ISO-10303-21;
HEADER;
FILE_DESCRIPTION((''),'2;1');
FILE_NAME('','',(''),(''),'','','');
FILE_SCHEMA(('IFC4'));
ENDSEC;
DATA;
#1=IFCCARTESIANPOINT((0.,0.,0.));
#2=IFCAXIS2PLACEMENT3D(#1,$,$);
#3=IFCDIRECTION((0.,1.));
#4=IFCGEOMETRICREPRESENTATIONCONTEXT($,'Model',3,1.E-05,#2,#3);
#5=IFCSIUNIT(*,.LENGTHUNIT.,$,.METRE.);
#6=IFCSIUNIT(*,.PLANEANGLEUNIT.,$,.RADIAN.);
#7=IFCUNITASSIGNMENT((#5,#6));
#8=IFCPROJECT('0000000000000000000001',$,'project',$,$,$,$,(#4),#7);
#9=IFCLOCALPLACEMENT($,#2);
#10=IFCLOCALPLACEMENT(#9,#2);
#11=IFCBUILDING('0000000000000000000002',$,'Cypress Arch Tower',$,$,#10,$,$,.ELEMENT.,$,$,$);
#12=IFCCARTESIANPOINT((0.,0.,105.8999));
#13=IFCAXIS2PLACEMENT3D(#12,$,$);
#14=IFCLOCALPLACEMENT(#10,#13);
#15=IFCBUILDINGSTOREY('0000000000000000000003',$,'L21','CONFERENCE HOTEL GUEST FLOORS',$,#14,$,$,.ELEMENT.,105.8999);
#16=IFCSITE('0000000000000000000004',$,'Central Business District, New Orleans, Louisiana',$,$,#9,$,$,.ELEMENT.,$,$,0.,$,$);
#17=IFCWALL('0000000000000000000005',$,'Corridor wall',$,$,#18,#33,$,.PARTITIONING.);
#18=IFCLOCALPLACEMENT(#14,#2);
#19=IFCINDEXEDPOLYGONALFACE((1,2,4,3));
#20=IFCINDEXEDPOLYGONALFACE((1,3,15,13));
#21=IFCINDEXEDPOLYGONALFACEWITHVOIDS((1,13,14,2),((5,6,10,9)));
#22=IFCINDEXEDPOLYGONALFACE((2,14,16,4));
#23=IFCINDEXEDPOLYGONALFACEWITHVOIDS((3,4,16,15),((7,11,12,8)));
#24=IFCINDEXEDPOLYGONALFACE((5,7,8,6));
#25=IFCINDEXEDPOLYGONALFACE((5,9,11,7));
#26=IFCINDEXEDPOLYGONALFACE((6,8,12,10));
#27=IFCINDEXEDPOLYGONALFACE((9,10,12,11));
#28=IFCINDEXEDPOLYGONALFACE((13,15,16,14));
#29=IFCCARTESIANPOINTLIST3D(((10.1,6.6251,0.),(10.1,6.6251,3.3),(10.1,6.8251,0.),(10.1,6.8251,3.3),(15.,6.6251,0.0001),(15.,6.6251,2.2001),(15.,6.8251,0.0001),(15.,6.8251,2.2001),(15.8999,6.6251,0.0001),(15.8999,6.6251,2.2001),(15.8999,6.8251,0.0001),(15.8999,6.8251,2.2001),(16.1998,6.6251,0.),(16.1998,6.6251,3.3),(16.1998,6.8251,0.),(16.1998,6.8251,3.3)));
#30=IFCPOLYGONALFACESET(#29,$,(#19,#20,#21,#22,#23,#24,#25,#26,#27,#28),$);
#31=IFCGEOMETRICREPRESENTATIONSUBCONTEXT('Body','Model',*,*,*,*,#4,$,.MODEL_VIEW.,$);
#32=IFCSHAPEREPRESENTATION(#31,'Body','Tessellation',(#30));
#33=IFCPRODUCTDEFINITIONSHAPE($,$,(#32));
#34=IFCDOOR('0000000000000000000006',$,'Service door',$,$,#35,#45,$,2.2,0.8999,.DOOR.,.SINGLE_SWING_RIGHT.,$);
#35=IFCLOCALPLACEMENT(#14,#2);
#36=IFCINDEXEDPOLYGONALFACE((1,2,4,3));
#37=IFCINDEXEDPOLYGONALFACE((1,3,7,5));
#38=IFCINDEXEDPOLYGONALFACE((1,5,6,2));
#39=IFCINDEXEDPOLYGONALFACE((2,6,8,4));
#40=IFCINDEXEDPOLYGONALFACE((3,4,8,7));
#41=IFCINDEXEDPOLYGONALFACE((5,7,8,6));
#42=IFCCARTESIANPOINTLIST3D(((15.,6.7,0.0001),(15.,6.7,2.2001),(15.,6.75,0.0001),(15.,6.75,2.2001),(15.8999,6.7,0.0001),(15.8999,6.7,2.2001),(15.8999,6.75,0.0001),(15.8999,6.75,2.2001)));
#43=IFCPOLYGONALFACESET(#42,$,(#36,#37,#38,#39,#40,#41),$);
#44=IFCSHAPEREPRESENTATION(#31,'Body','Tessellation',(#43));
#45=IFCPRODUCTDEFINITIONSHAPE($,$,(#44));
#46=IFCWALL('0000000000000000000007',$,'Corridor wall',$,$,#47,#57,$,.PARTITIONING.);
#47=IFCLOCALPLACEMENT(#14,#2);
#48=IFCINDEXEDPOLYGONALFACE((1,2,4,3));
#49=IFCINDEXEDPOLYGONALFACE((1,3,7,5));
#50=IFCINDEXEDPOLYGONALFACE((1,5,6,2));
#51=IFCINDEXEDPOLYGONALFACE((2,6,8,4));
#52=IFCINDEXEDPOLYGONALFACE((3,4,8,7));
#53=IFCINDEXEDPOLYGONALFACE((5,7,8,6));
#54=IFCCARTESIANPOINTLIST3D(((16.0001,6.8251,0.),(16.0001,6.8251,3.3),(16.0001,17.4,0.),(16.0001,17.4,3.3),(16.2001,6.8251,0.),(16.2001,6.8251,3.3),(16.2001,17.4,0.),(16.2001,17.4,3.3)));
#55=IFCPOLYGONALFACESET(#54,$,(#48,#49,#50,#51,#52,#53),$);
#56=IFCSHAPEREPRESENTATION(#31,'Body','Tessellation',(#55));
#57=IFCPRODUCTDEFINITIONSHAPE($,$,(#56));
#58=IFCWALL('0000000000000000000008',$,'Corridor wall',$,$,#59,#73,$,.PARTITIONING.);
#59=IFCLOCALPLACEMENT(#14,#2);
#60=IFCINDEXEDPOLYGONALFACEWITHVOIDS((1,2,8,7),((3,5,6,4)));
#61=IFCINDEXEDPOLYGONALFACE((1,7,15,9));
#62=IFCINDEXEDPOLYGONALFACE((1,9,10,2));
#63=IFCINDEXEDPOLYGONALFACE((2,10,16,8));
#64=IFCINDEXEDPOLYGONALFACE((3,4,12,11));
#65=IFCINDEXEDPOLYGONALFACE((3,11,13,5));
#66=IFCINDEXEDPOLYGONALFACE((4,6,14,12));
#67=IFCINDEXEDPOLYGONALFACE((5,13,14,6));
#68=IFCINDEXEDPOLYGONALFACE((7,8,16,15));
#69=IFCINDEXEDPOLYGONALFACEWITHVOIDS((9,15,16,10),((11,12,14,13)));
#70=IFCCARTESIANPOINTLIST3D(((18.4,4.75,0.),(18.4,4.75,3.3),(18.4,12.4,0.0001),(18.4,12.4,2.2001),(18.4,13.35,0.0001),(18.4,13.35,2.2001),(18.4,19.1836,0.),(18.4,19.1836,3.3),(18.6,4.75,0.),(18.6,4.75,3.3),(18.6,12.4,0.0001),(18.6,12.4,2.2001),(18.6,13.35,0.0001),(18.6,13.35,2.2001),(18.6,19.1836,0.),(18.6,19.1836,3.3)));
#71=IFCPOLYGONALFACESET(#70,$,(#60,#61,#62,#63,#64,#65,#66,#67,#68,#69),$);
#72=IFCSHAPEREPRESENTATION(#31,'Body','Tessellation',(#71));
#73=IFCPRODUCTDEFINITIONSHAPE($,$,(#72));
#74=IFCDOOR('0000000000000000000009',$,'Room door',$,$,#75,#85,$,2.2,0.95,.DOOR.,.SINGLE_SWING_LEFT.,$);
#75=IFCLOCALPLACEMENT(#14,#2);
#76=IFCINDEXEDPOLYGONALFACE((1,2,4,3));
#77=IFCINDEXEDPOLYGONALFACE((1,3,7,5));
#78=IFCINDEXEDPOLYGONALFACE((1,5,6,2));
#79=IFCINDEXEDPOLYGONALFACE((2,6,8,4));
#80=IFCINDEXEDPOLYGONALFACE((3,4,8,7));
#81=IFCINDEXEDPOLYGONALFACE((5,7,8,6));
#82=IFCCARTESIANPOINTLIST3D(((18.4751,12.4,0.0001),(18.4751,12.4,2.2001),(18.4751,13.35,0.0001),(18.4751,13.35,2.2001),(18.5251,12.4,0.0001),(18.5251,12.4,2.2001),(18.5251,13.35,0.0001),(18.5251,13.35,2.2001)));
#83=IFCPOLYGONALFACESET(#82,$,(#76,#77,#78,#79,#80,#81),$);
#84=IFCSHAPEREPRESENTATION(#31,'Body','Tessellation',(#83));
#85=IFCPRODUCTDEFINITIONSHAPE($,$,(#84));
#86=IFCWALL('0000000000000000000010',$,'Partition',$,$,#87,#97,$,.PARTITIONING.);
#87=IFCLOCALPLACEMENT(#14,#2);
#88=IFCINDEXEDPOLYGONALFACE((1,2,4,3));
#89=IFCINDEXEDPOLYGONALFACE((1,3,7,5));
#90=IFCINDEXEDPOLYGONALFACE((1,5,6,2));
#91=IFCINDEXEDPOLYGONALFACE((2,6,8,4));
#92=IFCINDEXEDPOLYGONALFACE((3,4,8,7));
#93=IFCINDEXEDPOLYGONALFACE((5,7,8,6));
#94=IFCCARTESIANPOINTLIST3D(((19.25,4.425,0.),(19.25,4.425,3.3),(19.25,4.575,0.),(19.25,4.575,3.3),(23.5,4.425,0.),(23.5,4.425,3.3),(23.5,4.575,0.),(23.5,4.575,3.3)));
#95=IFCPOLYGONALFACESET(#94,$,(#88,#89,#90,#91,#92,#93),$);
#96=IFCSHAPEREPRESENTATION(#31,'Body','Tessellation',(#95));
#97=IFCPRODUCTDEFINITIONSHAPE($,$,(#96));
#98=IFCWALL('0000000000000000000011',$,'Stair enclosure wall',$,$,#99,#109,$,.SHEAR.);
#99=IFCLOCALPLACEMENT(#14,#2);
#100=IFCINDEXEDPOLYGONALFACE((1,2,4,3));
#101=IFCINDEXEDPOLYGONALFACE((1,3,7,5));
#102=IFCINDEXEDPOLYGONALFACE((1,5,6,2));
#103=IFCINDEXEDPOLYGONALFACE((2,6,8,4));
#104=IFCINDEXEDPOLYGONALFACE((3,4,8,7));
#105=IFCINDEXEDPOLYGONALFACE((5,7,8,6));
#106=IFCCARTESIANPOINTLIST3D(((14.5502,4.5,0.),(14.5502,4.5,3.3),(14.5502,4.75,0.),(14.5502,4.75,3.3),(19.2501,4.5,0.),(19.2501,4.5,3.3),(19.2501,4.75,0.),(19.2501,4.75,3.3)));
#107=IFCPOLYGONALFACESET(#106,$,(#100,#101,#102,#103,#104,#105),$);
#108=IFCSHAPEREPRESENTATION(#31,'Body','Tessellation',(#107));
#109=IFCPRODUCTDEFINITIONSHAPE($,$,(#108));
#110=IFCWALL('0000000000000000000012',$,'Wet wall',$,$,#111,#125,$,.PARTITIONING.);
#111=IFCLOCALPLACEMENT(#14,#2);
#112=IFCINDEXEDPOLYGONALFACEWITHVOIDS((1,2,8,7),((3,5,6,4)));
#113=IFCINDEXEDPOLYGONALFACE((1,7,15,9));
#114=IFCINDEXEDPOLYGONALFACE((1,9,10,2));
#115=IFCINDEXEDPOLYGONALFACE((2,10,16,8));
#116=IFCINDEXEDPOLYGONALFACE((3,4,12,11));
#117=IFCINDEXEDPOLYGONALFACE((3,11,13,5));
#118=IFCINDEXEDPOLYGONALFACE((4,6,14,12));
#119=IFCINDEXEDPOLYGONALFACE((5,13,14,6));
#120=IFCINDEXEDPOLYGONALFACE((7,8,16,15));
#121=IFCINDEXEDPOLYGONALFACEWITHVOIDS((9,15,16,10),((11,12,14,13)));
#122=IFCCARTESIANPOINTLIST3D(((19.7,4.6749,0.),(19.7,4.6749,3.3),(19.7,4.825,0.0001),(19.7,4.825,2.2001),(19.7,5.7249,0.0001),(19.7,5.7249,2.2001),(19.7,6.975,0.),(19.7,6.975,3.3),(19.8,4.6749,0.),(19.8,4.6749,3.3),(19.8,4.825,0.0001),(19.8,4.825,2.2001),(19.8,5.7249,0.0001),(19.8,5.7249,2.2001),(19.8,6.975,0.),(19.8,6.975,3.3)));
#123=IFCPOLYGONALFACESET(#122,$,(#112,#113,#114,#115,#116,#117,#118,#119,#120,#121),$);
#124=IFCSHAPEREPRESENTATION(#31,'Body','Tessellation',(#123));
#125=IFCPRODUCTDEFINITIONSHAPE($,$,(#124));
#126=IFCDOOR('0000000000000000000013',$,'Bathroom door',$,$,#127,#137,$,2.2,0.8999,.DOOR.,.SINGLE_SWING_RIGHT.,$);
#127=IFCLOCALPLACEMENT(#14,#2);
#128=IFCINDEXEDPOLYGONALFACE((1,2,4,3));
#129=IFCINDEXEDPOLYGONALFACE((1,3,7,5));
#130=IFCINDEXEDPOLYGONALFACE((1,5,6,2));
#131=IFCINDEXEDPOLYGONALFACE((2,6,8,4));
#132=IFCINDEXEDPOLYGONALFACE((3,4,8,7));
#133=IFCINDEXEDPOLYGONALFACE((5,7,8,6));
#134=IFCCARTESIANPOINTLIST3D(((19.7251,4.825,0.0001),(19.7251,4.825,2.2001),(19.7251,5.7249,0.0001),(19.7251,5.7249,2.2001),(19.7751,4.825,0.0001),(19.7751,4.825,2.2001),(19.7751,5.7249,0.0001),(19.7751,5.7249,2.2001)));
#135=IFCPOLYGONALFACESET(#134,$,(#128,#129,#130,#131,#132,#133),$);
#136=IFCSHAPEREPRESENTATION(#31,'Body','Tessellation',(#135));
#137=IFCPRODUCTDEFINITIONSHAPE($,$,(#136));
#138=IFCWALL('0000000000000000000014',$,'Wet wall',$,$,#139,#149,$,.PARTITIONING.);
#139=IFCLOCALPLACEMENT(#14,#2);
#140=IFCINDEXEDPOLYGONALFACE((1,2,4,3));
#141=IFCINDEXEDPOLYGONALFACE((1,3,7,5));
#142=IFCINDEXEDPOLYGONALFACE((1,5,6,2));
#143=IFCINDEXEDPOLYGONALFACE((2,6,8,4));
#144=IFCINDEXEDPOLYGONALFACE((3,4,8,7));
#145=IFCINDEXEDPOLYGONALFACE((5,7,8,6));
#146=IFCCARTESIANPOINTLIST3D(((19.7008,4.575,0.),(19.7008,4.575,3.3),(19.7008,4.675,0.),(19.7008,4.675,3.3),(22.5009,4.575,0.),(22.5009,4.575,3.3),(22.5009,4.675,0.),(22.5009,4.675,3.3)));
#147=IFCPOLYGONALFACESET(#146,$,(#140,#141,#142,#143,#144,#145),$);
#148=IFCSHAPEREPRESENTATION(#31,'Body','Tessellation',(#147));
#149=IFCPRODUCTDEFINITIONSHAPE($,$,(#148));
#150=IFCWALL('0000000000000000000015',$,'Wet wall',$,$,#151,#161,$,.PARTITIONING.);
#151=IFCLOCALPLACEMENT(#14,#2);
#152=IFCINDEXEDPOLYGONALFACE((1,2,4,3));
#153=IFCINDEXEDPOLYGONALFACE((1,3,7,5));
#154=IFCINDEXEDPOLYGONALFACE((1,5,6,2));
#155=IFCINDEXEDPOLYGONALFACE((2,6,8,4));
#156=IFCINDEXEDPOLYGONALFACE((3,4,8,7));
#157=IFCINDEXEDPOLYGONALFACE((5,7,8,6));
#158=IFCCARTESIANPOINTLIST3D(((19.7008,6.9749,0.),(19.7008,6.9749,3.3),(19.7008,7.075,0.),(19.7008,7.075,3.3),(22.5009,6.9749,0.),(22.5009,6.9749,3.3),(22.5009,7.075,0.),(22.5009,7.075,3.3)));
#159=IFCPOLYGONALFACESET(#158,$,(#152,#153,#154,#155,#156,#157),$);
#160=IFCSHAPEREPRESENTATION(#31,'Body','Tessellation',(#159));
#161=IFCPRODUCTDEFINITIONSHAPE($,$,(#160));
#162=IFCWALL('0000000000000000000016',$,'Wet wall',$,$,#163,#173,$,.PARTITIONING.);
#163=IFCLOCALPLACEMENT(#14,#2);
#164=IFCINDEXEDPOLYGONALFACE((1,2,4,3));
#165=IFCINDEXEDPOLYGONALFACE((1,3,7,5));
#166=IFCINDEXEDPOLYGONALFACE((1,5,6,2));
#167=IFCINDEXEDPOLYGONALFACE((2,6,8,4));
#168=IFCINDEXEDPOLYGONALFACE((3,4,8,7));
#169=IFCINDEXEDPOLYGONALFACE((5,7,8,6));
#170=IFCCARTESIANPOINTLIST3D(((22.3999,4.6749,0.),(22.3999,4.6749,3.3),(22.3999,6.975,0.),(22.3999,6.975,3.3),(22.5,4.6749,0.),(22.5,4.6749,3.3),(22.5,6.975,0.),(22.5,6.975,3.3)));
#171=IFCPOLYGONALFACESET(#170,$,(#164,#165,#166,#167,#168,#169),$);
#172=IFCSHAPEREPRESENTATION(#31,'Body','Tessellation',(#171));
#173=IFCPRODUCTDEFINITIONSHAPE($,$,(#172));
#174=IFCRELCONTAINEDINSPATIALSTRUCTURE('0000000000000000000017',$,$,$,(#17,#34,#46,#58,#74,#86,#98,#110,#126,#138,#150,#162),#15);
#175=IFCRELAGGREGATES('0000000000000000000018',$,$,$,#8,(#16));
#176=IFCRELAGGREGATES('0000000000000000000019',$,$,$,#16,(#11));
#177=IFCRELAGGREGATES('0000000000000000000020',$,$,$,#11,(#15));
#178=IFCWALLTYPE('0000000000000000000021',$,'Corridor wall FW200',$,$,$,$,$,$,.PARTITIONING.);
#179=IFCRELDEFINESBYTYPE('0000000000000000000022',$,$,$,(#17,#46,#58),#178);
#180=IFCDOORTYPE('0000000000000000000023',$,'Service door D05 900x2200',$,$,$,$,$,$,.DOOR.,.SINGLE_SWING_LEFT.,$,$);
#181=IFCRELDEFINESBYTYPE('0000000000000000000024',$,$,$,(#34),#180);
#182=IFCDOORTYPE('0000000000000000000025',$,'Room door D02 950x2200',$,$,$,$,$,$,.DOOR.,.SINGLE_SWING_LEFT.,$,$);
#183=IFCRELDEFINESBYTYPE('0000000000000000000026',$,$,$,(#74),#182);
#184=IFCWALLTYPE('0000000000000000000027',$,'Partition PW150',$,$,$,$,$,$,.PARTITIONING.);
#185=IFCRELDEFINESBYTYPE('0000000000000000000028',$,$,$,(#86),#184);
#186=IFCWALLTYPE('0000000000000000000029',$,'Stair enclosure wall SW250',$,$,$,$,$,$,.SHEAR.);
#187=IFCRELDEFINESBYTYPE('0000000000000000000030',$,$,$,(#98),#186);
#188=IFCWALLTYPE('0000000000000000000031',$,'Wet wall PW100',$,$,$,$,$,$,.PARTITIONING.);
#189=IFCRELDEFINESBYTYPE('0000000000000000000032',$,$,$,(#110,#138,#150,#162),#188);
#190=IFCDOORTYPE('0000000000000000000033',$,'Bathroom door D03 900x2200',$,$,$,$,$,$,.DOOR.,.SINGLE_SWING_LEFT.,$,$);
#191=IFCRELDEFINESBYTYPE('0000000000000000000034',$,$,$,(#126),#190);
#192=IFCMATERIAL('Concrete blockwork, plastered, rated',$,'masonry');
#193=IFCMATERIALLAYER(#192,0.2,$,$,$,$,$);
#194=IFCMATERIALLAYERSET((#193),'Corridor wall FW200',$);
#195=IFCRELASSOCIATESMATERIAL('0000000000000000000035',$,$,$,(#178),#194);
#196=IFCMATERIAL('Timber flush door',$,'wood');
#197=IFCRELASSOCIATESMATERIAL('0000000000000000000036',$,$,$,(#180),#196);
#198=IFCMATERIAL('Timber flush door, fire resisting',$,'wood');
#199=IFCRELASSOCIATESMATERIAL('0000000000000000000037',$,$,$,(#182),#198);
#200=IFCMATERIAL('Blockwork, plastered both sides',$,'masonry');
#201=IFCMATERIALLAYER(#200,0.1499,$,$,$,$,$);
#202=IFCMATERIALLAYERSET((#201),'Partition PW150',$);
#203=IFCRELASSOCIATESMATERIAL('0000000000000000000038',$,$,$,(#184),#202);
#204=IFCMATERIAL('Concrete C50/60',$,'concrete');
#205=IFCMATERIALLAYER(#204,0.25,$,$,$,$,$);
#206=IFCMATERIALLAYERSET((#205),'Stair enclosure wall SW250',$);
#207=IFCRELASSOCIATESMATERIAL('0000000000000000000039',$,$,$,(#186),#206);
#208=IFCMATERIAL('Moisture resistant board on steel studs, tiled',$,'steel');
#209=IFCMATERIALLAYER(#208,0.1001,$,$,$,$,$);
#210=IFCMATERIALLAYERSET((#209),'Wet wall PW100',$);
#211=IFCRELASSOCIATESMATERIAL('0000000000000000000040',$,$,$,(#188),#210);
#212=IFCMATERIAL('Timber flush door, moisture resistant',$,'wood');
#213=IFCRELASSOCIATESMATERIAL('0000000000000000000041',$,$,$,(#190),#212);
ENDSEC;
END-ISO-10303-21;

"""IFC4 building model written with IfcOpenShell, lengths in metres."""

from ifc_helpers import new_model, si_unit, direction, frame, frame_2d, origin, place, context, subcontext, project, spatial, rectangle, extrude, material, layer, layer_set, type_object, element, fill, save


model = new_model("IFC4")

# Units and contexts
model_context = context("Model", 3, precision=1e-05, world=origin(), true_north=direction((0.0, 1.0)))
body_context = subcontext(model_context, "Body", "Model", "MODEL_VIEW")
ifc_project = project(units=[si_unit("LENGTHUNIT", "METRE"), si_unit("PLANEANGLEUNIT", "RADIAN")], contexts=[model_context])

# Site, building, storey
site_placement = place(None, origin())
site = spatial("IfcSite", under=ifc_project, at=site_placement, Name="Central Business District, New Orleans, Louisiana", CompositionType="ELEMENT", RefElevation=0.0)
building_placement = place(site_placement, origin())
building = spatial("IfcBuilding", under=site, at=building_placement, Name="Cypress Arch Tower", CompositionType="ELEMENT")
storey_placement = place(building_placement, frame((0.0, 0.0, 105.8999)))
storey = spatial("IfcBuildingStorey", under=building, at=storey_placement, Name="L21", Description="CONFERENCE HOTEL GUEST FLOORS", CompositionType="ELEMENT", Elevation=105.8999)

# Wall, opening, door
ifc_material_1 = material(Name="Concrete blockwork, plastered, rated", Category="masonry")
ifc_layer_1 = layer(ifc_material_1, 0.2)
ifc_layer_set_1 = layer_set([ifc_layer_1], Name="Corridor wall FW200")
wall_type_1 = type_object("IfcWallType", Name="Corridor wall FW200", PredefinedType="PARTITIONING", material=ifc_layer_set_1)
wall_1_placement = place(storey_placement, frame((10.1001, 6.7251, 0.0), z_axis=(0.0, 0.0, 1.0), x_axis=(1.0, 0.0, 0.0)))
wall_1 = element("IfcWall", 1, at=wall_1_placement, inside=storey, type_object=wall_type_1, Name="Corridor wall", PredefinedType="PARTITIONING", context=body_context, shape_type="SweptSolid", body=[
    extrude(rectangle(XDim=6.0999, YDim=0.2, at=frame_2d((3.0498, 0.0))), origin(), (0.0, 0.0, 1.0), 3.3),
])
opening_1_placement = place(wall_1_placement, frame((4.8999, 0.0, 0.0)))
opening_1 = element("IfcOpeningElement", 2, at=opening_1_placement, cuts=wall_1, PredefinedType="OPENING", context=body_context, shape_type="SweptSolid", body=[
    extrude(rectangle(XDim=0.8999, YDim=2.2, at=frame_2d((0.45, 1.1001))), frame((0.0, 0.1099, 0.0), z_axis=(0.0, -1.0, 0.0), x_axis=(1.0, 0.0, 0.0)), (0.0, 0.0, 1.0), 0.22),
])
ifc_material_2 = material(Name="Timber flush door", Category="wood")
door_type_1 = type_object("IfcDoorType", Name="Service door D05 900x2200", OperationType="SINGLE_SWING_LEFT", PredefinedType="DOOR", material=ifc_material_2)
door_1_placement = place(opening_1_placement, origin())
door_1 = element("IfcDoor", 3, at=door_1_placement, inside=storey, type_object=door_type_1, Name="Service door", OperationType="SINGLE_SWING_RIGHT", OverallHeight=2.2, OverallWidth=0.8999, PredefinedType="DOOR", context=body_context, shape_type="SweptSolid", body=[
    extrude(rectangle(XDim=0.8999, YDim=2.2, at=frame_2d((0.45, 1.1001))), frame((0.0, 0.0249, 0.0), z_axis=(0.0, -1.0, 0.0), x_axis=(1.0, 0.0, 0.0)), (0.0, 0.0, 1.0), 0.05),
])
fill(opening_1, door_1)

# Wall
wall_2_placement = place(storey_placement, frame((16.1001, 6.825, 0.0), z_axis=(0.0, 0.0, 1.0), x_axis=(0.0, 1.0, 0.0)))
element("IfcWall", 4, at=wall_2_placement, inside=storey, type_object=wall_type_1, Name="Corridor wall", PredefinedType="PARTITIONING", context=body_context, shape_type="SweptSolid", body=[
    extrude(rectangle(XDim=10.575, YDim=0.2, at=frame_2d((5.2876, 0.0))), origin(), (0.0, 0.0, 1.0), 3.3),
])

# Wall, opening, door
wall_3_placement = place(storey_placement, frame((18.5, 4.75, 0.0), z_axis=(0.0, 0.0, 1.0), x_axis=(0.0, 1.0, 0.0)))
wall_3 = element("IfcWall", 5, at=wall_3_placement, inside=storey, type_object=wall_type_1, Name="Corridor wall", PredefinedType="PARTITIONING", context=body_context, shape_type="SweptSolid", body=[
    extrude(rectangle(XDim=14.4336, YDim=0.2, at=frame_2d((7.2168, 0.0))), origin(), (0.0, 0.0, 1.0), 3.3),
])
opening_2_placement = place(wall_3_placement, frame((7.6499, 0.0, 0.0)))
opening_2 = element("IfcOpeningElement", 6, at=opening_2_placement, cuts=wall_3, PredefinedType="OPENING", context=body_context, shape_type="SweptSolid", body=[
    extrude(rectangle(XDim=0.95, YDim=2.2, at=frame_2d((0.4751, 1.1001))), frame((0.0, 0.1099, 0.0), z_axis=(0.0, -1.0, 0.0), x_axis=(1.0, 0.0, 0.0)), (0.0, 0.0, 1.0), 0.22),
])
ifc_material_3 = material(Name="Timber flush door, fire resisting", Category="wood")
door_type_2 = type_object("IfcDoorType", Name="Room door D02 950x2200", OperationType="SINGLE_SWING_LEFT", PredefinedType="DOOR", material=ifc_material_3)
door_2_placement = place(opening_2_placement, origin())
door_2 = element("IfcDoor", 7, at=door_2_placement, inside=storey, type_object=door_type_2, Name="Room door", OperationType="SINGLE_SWING_LEFT", OverallHeight=2.2, OverallWidth=0.95, PredefinedType="DOOR", context=body_context, shape_type="SweptSolid", body=[
    extrude(rectangle(XDim=0.95, YDim=2.2, at=frame_2d((0.4751, 1.1001))), frame((0.0, 0.0249, 0.0), z_axis=(0.0, -1.0, 0.0), x_axis=(1.0, 0.0, 0.0)), (0.0, 0.0, 1.0), 0.05),
])
fill(opening_2, door_2)

# Walls
ifc_material_4 = material(Name="Blockwork, plastered both sides", Category="masonry")
ifc_layer_2 = layer(ifc_material_4, 0.1499)
ifc_layer_set_2 = layer_set([ifc_layer_2], Name="Partition PW150")
wall_type_2 = type_object("IfcWallType", Name="Partition PW150", PredefinedType="PARTITIONING", material=ifc_layer_set_2)
wall_4_placement = place(storey_placement, frame((19.25, 4.5, 0.0), z_axis=(0.0, 0.0, 1.0), x_axis=(1.0, 0.0, 0.0)))
element("IfcWall", 8, at=wall_4_placement, inside=storey, type_object=wall_type_2, Name="Partition", PredefinedType="PARTITIONING", context=body_context, shape_type="SweptSolid", body=[
    extrude(rectangle(XDim=4.25, YDim=0.1499, at=frame_2d((2.125, 0.0))), origin(), (0.0, 0.0, 1.0), 3.3),
])
ifc_material_5 = material(Name="Concrete C50/60", Category="concrete")
ifc_layer_3 = layer(ifc_material_5, 0.25)
ifc_layer_set_3 = layer_set([ifc_layer_3], Name="Stair enclosure wall SW250")
wall_type_3 = type_object("IfcWallType", Name="Stair enclosure wall SW250", PredefinedType="SHEAR", material=ifc_layer_set_3)
wall_5_placement = place(storey_placement, frame((14.55, 4.625, 0.0), z_axis=(0.0, 0.0, 1.0), x_axis=(1.0, 0.0, 0.0)))
element("IfcWall", 9, at=wall_5_placement, inside=storey, type_object=wall_type_3, Name="Stair enclosure wall", PredefinedType="SHEAR", context=body_context, shape_type="SweptSolid", body=[
    extrude(rectangle(XDim=4.7, YDim=0.25, at=frame_2d((2.3501, 0.0))), origin(), (0.0, 0.0, 1.0), 3.3),
])

# Wall, opening, door
ifc_material_6 = material(Name="Moisture resistant board on steel studs, tiled", Category="steel")
ifc_layer_4 = layer(ifc_material_6, 0.1001)
ifc_layer_set_4 = layer_set([ifc_layer_4], Name="Wet wall PW100")
wall_type_4 = type_object("IfcWallType", Name="Wet wall PW100", PredefinedType="PARTITIONING", material=ifc_layer_set_4)
wall_6_placement = place(storey_placement, frame((19.75, 4.675, 0.0), z_axis=(0.0, 0.0, 1.0), x_axis=(0.0, 1.0, 0.0)))
wall_6 = element("IfcWall", 10, at=wall_6_placement, inside=storey, type_object=wall_type_4, Name="Wet wall", PredefinedType="PARTITIONING", context=body_context, shape_type="SweptSolid", body=[
    extrude(rectangle(XDim=2.3, YDim=0.1001, at=frame_2d((1.1499, 0.0))), origin(), (0.0, 0.0, 1.0), 3.3),
])
opening_3_placement = place(wall_6_placement, frame((0.1499, 0.0, 0.0)))
opening_3 = element("IfcOpeningElement", 11, at=opening_3_placement, cuts=wall_6, PredefinedType="OPENING", context=body_context, shape_type="SweptSolid", body=[
    extrude(rectangle(XDim=0.8999, YDim=2.2, at=frame_2d((0.45, 1.1001))), frame((0.0, 0.0601, 0.0), z_axis=(0.0, -1.0, 0.0), x_axis=(1.0, 0.0, 0.0)), (0.0, 0.0, 1.0), 0.1201),
])
ifc_material_7 = material(Name="Timber flush door, moisture resistant", Category="wood")
door_type_3 = type_object("IfcDoorType", Name="Bathroom door D03 900x2200", OperationType="SINGLE_SWING_LEFT", PredefinedType="DOOR", material=ifc_material_7)
door_3_placement = place(opening_3_placement, origin())
door_3 = element("IfcDoor", 12, at=door_3_placement, inside=storey, type_object=door_type_3, Name="Bathroom door", OperationType="SINGLE_SWING_RIGHT", OverallHeight=2.2, OverallWidth=0.8999, PredefinedType="DOOR", context=body_context, shape_type="SweptSolid", body=[
    extrude(rectangle(XDim=0.8999, YDim=2.2, at=frame_2d((0.45, 1.1001))), frame((0.0, 0.0249, 0.0), z_axis=(0.0, -1.0, 0.0), x_axis=(1.0, 0.0, 0.0)), (0.0, 0.0, 1.0), 0.05),
])
fill(opening_3, door_3)

# Walls
for number, where, z_axis, x_axis, name in (
    (13, (19.7009, 4.625, 0.0), (0.0, 0.0, 1.0), (1.0, 0.0, 0.0), "Wet wall"),
    (14, (19.7009, 7.0249, 0.0), (0.0, 0.0, 1.0), (1.0, 0.0, 0.0), "Wet wall"),
):
    element("IfcWall", number, at=place(storey_placement, frame(where, z_axis=z_axis, x_axis=x_axis)), inside=storey, type_object=wall_type_4, Name=name, PredefinedType="PARTITIONING", context=body_context, shape_type="SweptSolid", body=[
        extrude(rectangle(XDim=2.8, YDim=0.1001, at=frame_2d((1.3999, 0.0))), origin(), (0.0, 0.0, 1.0), 3.3),
    ])
wall_7_placement = place(storey_placement, frame((22.45, 4.675, 0.0), z_axis=(0.0, 0.0, 1.0), x_axis=(0.0, 1.0, 0.0)))
element("IfcWall", 15, at=wall_7_placement, inside=storey, type_object=wall_type_4, Name="Wet wall", PredefinedType="PARTITIONING", context=body_context, shape_type="SweptSolid", body=[
    extrude(rectangle(XDim=2.3, YDim=0.1001, at=frame_2d((1.1499, 0.0))), origin(), (0.0, 0.0, 1.0), 3.3),
])

save(model, "model.ifc")
